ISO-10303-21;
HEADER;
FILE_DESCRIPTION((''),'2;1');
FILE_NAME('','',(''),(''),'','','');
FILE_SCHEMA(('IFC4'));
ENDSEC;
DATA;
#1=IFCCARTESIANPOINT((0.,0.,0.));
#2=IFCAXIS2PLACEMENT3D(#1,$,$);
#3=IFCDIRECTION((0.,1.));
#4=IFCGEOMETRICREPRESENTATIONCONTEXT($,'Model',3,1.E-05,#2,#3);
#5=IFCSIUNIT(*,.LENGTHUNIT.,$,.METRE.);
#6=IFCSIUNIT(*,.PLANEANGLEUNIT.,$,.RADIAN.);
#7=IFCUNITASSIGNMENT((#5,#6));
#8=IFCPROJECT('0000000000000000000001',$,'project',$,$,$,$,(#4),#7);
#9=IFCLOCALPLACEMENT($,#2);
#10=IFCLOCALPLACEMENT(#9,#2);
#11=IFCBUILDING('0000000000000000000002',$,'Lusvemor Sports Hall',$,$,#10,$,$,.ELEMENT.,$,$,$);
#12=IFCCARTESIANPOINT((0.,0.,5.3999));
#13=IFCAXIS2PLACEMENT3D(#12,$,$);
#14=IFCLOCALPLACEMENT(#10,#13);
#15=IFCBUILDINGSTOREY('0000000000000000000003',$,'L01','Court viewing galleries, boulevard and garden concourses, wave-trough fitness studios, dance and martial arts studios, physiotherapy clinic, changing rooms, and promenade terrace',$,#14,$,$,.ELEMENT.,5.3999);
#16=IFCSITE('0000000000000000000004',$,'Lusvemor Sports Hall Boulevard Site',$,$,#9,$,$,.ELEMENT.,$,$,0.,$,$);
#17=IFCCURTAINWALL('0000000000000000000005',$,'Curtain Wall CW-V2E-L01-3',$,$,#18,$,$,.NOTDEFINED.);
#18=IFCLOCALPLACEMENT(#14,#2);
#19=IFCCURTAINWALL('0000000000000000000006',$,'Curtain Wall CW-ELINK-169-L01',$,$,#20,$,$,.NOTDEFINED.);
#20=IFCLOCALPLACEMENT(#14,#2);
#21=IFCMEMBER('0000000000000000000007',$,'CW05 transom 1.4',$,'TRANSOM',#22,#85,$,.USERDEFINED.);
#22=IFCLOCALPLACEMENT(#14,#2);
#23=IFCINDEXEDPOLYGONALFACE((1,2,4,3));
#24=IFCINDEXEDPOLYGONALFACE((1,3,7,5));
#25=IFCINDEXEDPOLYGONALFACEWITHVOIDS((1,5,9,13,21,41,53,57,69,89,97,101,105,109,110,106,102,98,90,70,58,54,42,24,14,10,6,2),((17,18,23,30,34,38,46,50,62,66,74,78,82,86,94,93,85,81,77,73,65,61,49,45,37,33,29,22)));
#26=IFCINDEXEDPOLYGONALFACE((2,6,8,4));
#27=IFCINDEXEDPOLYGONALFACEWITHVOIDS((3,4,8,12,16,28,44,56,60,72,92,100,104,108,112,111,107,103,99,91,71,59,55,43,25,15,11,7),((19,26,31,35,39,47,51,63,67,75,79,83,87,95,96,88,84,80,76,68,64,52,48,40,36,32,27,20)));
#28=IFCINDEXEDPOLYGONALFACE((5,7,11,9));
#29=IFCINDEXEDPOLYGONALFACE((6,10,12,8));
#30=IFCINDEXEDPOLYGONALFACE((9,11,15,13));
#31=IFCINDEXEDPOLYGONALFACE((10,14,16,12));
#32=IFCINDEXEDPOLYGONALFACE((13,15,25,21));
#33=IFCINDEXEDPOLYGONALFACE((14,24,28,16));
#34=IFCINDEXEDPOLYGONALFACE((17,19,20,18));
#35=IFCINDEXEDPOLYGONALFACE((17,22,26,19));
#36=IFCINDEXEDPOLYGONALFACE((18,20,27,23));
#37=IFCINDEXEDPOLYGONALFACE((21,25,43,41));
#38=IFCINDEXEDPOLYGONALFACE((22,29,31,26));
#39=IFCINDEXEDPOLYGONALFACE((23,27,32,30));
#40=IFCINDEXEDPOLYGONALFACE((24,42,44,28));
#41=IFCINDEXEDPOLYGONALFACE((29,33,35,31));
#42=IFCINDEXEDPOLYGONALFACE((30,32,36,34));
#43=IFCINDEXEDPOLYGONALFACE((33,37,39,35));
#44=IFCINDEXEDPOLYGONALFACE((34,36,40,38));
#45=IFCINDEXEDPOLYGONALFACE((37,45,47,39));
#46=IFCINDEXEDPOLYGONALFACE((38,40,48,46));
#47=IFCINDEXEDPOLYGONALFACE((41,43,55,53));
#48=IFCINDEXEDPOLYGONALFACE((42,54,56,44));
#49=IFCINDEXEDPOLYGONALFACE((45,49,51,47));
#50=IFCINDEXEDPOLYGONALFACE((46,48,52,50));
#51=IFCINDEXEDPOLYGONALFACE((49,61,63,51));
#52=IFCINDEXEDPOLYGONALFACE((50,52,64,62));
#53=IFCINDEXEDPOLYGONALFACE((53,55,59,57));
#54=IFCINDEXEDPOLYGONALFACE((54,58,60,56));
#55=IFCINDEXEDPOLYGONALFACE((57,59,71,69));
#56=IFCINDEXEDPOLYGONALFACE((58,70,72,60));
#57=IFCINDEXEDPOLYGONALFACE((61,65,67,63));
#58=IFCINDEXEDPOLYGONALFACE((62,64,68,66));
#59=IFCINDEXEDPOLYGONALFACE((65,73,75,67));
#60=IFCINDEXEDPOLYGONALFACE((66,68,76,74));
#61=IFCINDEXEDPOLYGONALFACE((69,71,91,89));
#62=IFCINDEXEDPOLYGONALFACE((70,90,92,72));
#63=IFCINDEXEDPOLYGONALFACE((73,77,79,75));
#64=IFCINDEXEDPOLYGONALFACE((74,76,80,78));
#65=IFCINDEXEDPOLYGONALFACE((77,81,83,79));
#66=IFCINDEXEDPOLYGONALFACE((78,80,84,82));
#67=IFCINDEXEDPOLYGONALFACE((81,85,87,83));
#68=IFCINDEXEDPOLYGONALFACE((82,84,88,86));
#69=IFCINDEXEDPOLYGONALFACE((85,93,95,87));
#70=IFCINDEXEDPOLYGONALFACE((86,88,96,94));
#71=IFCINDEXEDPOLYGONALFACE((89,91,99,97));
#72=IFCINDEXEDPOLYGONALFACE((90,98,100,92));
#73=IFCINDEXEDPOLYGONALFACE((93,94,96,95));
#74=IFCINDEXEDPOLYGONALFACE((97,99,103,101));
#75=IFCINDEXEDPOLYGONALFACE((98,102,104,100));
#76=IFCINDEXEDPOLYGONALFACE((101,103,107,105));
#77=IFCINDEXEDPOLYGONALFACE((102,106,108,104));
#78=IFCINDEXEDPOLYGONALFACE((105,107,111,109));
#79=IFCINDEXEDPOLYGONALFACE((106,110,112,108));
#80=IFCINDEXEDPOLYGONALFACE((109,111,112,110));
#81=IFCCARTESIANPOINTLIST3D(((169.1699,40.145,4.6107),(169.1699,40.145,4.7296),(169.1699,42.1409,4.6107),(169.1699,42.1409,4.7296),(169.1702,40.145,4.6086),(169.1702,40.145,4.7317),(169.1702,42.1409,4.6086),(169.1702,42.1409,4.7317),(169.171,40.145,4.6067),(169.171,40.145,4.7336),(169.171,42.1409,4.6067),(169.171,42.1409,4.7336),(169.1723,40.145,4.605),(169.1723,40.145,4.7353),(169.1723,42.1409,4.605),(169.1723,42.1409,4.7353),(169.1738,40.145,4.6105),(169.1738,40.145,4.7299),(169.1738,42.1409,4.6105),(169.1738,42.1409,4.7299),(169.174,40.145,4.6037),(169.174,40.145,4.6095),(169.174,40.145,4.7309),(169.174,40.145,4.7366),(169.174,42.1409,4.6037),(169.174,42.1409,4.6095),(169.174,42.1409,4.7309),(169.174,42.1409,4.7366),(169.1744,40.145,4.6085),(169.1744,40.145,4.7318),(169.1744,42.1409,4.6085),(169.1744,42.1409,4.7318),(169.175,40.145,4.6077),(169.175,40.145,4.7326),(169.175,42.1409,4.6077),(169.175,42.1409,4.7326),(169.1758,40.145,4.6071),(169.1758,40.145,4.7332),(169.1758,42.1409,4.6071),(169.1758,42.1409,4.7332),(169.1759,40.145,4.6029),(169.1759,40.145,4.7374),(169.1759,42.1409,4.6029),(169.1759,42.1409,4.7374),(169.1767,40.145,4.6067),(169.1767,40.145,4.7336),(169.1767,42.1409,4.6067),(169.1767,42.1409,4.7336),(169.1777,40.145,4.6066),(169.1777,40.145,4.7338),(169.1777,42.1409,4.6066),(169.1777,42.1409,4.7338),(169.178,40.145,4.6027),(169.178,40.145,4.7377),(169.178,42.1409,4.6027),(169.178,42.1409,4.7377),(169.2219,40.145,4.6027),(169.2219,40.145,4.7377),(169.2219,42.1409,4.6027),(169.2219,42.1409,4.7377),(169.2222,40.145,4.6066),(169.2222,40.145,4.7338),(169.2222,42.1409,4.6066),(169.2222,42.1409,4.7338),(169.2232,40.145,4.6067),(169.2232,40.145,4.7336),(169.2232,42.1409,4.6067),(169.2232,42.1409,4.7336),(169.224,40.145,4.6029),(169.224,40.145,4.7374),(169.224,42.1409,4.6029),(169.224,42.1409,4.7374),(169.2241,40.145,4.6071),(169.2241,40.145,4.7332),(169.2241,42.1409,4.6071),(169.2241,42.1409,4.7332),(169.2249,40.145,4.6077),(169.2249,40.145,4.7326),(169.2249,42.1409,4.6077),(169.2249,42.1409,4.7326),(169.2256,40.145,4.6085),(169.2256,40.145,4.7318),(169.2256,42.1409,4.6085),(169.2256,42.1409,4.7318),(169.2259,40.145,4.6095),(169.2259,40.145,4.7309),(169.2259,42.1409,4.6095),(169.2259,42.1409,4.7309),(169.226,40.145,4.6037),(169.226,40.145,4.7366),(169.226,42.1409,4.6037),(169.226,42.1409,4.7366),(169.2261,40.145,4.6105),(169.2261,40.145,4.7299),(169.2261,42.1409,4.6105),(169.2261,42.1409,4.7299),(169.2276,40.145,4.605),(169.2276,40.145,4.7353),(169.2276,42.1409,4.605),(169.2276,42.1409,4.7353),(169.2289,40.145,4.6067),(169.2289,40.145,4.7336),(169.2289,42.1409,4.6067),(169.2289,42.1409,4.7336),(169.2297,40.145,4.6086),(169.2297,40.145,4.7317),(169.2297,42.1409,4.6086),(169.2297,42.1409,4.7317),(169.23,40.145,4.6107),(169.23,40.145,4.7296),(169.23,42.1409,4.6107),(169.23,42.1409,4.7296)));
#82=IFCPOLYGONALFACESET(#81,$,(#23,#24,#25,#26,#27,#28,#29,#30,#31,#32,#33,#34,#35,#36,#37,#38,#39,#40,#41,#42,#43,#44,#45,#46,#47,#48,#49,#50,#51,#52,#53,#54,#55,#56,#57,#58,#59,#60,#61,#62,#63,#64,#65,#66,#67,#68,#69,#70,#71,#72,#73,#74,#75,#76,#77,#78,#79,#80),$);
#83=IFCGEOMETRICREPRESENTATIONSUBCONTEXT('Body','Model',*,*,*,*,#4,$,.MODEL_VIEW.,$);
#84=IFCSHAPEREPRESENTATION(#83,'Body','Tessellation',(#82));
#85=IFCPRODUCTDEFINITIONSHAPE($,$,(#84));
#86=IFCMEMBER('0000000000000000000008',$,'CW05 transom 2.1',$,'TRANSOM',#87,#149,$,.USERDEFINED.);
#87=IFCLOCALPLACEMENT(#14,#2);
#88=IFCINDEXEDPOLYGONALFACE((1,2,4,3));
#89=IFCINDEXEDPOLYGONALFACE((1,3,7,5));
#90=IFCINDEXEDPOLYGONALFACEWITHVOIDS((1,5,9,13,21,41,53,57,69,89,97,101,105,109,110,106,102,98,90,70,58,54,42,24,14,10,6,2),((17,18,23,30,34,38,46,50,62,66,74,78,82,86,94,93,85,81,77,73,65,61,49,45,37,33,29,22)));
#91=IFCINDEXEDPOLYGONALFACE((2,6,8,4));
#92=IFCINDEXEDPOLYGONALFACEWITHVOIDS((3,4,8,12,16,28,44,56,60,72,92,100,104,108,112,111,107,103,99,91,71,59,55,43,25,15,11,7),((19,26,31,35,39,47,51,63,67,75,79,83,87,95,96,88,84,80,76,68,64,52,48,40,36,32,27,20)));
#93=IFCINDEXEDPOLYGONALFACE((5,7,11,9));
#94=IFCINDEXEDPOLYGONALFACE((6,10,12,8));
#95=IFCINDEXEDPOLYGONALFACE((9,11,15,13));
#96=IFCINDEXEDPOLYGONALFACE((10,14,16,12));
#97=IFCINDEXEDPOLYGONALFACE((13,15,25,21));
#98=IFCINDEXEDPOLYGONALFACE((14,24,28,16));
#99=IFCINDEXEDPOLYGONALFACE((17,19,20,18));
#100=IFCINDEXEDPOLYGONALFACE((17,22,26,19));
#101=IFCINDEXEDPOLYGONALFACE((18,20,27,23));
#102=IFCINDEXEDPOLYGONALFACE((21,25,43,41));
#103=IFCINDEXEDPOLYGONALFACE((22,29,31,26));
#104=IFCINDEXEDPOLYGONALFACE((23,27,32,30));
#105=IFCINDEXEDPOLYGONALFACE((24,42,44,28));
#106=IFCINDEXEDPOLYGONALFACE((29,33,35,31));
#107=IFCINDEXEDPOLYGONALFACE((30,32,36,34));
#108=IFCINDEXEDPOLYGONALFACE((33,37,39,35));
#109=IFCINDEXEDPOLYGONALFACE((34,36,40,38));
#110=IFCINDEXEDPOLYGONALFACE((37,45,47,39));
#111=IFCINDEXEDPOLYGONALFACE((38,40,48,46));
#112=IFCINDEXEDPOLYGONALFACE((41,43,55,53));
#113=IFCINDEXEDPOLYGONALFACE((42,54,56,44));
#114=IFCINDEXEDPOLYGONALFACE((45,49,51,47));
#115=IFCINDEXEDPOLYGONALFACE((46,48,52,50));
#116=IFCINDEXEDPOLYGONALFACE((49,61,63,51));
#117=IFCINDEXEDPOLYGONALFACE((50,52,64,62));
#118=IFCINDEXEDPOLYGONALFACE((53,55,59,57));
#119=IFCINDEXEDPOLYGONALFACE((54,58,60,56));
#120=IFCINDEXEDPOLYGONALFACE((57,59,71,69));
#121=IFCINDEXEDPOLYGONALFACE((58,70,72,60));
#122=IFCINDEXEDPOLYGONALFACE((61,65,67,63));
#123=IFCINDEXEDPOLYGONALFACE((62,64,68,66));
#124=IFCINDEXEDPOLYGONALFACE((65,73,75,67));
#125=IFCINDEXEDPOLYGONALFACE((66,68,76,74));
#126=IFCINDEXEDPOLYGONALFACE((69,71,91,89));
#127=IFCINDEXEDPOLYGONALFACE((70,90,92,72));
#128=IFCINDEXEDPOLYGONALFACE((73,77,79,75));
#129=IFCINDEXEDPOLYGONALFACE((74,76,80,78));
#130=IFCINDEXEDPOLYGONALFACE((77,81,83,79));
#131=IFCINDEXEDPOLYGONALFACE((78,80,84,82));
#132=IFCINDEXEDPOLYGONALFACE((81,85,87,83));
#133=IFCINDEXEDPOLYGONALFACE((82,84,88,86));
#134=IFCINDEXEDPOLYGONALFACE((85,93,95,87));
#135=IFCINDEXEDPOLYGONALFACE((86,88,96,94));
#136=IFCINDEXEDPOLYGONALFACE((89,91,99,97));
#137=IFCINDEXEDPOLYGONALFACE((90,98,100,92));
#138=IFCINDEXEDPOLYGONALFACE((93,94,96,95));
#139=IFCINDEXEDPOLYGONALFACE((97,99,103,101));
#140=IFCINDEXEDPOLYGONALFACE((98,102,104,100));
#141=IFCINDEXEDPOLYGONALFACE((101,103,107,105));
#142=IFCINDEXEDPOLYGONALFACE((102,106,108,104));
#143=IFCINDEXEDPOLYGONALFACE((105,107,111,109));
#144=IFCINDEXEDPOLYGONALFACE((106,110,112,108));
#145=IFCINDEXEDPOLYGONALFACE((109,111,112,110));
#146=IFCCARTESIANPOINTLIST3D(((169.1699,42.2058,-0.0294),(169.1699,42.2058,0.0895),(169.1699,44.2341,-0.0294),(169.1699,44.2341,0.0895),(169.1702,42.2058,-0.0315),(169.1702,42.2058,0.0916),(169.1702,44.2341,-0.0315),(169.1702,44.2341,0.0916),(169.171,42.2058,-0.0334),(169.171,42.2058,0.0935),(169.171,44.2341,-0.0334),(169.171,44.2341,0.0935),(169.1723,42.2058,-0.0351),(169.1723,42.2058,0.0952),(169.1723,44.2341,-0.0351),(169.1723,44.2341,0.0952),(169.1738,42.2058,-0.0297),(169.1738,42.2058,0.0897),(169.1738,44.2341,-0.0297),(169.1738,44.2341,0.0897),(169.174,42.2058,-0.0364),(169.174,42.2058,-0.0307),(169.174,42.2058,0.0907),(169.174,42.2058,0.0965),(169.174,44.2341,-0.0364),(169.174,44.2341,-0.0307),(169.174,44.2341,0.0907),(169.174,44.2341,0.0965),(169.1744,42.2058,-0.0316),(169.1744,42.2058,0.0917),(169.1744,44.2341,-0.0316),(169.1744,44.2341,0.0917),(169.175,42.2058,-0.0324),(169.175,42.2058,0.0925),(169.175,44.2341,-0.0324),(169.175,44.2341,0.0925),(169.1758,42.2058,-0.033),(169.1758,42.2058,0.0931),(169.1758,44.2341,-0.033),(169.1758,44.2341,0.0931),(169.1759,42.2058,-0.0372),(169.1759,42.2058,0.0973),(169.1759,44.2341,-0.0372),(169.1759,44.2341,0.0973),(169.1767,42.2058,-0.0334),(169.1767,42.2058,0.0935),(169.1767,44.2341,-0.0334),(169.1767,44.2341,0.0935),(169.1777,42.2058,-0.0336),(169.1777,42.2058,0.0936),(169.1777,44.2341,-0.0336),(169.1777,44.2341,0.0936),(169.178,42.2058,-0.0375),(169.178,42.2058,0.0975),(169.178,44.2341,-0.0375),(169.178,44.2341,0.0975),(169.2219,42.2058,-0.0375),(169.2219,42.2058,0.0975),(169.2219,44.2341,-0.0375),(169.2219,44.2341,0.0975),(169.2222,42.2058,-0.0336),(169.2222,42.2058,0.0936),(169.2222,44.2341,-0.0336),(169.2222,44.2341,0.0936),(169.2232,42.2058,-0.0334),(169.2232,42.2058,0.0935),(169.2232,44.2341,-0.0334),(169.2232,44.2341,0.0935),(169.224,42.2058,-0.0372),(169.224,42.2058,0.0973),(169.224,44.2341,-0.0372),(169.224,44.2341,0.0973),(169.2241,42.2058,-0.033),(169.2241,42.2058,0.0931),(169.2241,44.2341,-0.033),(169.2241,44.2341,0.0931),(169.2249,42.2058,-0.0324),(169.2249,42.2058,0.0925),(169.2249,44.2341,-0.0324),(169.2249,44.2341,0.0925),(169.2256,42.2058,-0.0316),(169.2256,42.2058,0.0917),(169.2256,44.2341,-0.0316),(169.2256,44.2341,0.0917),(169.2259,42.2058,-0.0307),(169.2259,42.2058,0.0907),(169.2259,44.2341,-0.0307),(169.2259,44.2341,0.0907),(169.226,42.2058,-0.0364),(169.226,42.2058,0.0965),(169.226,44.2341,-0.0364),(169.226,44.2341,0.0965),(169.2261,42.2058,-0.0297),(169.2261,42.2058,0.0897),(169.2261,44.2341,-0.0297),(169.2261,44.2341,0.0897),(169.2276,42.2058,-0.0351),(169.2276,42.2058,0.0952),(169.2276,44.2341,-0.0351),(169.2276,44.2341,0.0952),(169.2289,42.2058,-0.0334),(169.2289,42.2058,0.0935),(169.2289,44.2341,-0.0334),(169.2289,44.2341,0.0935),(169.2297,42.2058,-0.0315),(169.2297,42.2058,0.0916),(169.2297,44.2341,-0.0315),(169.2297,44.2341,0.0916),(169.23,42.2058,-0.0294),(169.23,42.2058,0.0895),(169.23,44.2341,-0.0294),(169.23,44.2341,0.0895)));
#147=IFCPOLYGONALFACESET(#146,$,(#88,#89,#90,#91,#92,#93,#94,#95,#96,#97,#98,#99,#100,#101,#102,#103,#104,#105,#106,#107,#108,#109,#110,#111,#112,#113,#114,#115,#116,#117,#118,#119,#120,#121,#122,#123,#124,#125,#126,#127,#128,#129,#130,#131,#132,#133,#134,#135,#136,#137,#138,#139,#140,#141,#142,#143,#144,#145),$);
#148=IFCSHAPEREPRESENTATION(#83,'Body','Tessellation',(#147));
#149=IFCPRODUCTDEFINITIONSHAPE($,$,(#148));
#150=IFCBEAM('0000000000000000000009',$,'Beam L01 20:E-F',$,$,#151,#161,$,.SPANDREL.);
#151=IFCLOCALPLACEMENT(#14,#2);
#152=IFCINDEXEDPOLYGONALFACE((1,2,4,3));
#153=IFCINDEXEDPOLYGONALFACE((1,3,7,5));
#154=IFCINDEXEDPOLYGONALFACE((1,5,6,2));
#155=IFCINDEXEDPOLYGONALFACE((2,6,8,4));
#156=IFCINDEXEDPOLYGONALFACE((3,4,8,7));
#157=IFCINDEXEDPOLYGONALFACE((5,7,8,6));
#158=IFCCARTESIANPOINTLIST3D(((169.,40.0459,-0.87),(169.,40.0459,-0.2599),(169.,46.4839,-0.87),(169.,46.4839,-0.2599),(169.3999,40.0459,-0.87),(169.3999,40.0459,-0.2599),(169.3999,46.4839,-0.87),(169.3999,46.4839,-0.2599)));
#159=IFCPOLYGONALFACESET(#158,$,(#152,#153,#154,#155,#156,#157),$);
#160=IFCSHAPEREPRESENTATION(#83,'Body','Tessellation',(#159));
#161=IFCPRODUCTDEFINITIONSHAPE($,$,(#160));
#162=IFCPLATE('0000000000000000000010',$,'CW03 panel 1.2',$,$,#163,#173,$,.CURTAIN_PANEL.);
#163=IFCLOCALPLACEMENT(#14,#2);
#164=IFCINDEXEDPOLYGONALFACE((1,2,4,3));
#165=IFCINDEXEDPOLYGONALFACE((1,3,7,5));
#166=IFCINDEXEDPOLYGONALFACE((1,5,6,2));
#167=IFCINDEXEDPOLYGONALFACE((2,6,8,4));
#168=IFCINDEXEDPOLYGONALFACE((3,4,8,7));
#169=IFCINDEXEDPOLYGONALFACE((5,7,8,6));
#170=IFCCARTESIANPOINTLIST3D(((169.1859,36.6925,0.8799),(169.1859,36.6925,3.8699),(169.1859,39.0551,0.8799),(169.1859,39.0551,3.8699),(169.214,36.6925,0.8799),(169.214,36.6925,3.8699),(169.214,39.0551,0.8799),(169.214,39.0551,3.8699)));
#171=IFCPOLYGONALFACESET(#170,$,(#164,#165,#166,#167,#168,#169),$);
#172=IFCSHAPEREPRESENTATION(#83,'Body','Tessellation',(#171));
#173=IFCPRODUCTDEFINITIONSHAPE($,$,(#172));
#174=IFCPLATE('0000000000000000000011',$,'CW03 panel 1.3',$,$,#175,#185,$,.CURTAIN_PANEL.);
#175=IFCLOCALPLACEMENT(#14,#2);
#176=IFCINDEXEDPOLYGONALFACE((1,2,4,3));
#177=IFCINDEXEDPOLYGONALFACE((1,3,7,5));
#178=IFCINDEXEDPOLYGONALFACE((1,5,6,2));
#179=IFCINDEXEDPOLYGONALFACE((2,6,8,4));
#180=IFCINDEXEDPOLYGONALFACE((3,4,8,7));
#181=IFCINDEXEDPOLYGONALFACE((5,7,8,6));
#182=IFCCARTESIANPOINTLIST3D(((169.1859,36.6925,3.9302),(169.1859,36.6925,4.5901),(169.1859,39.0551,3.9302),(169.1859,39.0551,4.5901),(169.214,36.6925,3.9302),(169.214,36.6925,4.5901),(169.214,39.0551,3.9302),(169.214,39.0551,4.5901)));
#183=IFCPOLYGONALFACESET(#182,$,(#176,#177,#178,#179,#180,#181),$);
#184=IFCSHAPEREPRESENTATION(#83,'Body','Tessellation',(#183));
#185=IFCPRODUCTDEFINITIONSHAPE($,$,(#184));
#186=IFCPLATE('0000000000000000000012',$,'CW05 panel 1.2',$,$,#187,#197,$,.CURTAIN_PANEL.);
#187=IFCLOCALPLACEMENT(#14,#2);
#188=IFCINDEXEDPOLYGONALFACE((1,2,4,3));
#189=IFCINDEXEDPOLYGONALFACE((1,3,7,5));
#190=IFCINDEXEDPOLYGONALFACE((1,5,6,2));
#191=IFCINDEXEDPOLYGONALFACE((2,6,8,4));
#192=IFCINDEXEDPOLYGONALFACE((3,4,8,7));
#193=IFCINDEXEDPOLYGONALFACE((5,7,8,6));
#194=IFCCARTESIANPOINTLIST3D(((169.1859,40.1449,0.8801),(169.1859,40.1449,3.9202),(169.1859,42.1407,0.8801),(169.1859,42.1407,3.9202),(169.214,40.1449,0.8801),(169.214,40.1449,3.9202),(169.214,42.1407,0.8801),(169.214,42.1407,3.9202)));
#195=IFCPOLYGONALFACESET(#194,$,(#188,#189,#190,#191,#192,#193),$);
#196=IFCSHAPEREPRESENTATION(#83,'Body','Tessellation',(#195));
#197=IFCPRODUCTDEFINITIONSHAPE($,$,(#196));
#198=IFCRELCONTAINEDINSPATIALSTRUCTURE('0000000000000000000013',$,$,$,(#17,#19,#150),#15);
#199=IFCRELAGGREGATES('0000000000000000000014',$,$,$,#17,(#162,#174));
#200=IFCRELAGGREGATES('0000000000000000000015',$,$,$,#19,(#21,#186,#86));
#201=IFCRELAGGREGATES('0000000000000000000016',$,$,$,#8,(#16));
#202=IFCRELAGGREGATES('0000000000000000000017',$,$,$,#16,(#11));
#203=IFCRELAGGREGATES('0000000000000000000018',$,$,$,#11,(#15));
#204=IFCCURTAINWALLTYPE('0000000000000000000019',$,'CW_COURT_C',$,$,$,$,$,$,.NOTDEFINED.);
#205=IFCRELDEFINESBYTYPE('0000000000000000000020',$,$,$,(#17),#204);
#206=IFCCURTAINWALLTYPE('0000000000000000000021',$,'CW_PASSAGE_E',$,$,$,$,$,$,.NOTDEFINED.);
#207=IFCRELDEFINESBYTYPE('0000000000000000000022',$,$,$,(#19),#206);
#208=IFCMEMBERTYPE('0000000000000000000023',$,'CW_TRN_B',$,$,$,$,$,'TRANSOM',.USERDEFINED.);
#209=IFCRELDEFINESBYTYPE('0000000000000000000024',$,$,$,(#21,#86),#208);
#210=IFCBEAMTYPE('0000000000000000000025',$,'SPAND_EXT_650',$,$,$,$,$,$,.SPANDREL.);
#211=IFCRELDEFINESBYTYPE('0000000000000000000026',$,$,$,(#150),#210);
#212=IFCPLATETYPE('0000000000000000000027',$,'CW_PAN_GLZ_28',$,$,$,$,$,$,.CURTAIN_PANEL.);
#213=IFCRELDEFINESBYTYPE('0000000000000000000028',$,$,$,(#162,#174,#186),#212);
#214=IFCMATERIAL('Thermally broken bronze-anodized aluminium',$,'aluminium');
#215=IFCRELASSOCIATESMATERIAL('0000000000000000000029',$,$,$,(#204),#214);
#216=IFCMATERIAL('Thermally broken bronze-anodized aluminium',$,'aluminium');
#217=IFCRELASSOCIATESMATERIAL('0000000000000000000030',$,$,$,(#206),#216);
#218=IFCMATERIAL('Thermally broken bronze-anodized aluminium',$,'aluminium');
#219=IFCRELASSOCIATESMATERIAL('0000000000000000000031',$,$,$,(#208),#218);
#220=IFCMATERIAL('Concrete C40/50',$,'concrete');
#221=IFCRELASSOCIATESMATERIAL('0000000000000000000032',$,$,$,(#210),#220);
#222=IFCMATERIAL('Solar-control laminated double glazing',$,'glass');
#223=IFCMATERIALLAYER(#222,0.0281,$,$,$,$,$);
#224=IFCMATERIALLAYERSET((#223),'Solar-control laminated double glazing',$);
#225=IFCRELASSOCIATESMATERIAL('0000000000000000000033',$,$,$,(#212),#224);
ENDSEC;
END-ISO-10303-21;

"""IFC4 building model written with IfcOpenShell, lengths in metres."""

from ifc_helpers import new_model, si_unit, direction, frame, origin, origin_2d, place, context, subcontext, project, spatial, rectangle, hollow_rectangle, extrude, material, layer, layer_set, material_profile, profile_set, type_object, element, aggregate, save


model = new_model("IFC4")

# Units and contexts
model_context = context("Model", 3, precision=1e-05, world=origin(), true_north=direction((0.0, 1.0)))
body_context = subcontext(model_context, "Body", "Model", "MODEL_VIEW")
ifc_project = project(units=[si_unit("LENGTHUNIT", "METRE"), si_unit("PLANEANGLEUNIT", "RADIAN")], contexts=[model_context])

# Site, building, storey
site_placement = place(None, origin())
site = spatial("IfcSite", under=ifc_project, at=site_placement, Name="Lusvemor Sports Hall Boulevard Site", CompositionType="ELEMENT", RefElevation=0.0)
building_placement = place(site_placement, origin())
building = spatial("IfcBuilding", under=site, at=building_placement, Name="Lusvemor Sports Hall", CompositionType="ELEMENT")
storey_placement = place(building_placement, frame((0.0, 0.0, 5.3999)))
storey = spatial("IfcBuildingStorey", under=building, at=storey_placement, Name="L01", Description="Court viewing galleries, boulevard and garden concourses, wave-trough fitness studios, dance and martial arts studios, physiotherapy clinic, changing rooms, and promenade terrace", CompositionType="ELEMENT", Elevation=5.3999)

# Curtain walls
ifc_material_1 = material(Name="Thermally broken bronze-anodized aluminium", Category="aluminium")
curtain_wall_type_1 = type_object("IfcCurtainWallType", Name="CW_COURT_C", PredefinedType="NOTDEFINED", material=ifc_material_1)
curtain_wall_1_placement = place(storey_placement, origin())
curtain_wall_1 = element("IfcCurtainWall", 1, at=curtain_wall_1_placement, inside=storey, type_object=curtain_wall_type_1, Name="Curtain Wall CW-V2E-L01-3", PredefinedType="NOTDEFINED")
ifc_material_2 = material(Name="Thermally broken bronze-anodized aluminium", Category="aluminium")
curtain_wall_type_2 = type_object("IfcCurtainWallType", Name="CW_PASSAGE_E", PredefinedType="NOTDEFINED", material=ifc_material_2)
curtain_wall_2_placement = place(storey_placement, origin())
curtain_wall_2 = element("IfcCurtainWall", 2, at=curtain_wall_2_placement, inside=storey, type_object=curtain_wall_type_2, Name="Curtain Wall CW-ELINK-169-L01", PredefinedType="NOTDEFINED")

# Members
ifc_material_3 = material(Name="Thermally broken bronze-anodized aluminium", Category="aluminium")
ifc_material_profile_1 = material_profile(ifc_material_3, hollow_rectangle(XDim=0.0601, YDim=0.135, WallThickness=0.0039, InnerFilletRadius=0.0039, OuterFilletRadius=0.0081, at=origin_2d()), Name="CWTRN135x60x4")
ifc_profile_set_1 = profile_set([ifc_material_profile_1], Name="Thermally broken bronze-anodized aluminium")
member_type_1 = type_object("IfcMemberType", Name="CW_TRN_B", ElementType="TRANSOM", PredefinedType="USERDEFINED", material=ifc_profile_set_1)
member_1_placement = place(storey_placement, frame((169.2, 40.145, 4.6702), z_axis=(0.0, 1.0, 0.0), x_axis=(-1.0, 0.0, 0.0)))
member_1 = element("IfcMember", 3, at=member_1_placement, type_object=member_type_1, Name="CW05 transom 1.4", ObjectType="TRANSOM", PredefinedType="USERDEFINED", context=body_context, shape_type="SweptSolid", body=[
    extrude(hollow_rectangle(XDim=0.0601, YDim=0.135, WallThickness=0.0039, InnerFilletRadius=0.0039, OuterFilletRadius=0.0081, at=origin_2d()), origin(), (0.0, 0.0, 1.0), 1.9958),
])
member_2_placement = place(storey_placement, frame((169.2, 42.2058, 0.03), z_axis=(0.0, 1.0, 0.0), x_axis=(-1.0, 0.0, 0.0)))
member_2 = element("IfcMember", 4, at=member_2_placement, type_object=member_type_1, Name="CW05 transom 2.1", ObjectType="TRANSOM", PredefinedType="USERDEFINED", context=body_context, shape_type="SweptSolid", body=[
    extrude(hollow_rectangle(XDim=0.0601, YDim=0.135, WallThickness=0.0039, InnerFilletRadius=0.0039, OuterFilletRadius=0.0081, at=origin_2d()), origin(), (0.0, 0.0, 1.0), 2.0283),
])

# Beam
ifc_material_4 = material(Name="Concrete C40/50", Category="concrete")
ifc_material_profile_2 = material_profile(ifc_material_4, rectangle(XDim=0.3999, YDim=0.6101, at=origin_2d()), Name="RC400x610")
ifc_profile_set_2 = profile_set([ifc_material_profile_2], Name="Concrete C40/50")
beam_type = type_object("IfcBeamType", Name="SPAND_EXT_650", PredefinedType="SPANDREL", material=ifc_profile_set_2)
beam_placement = place(storey_placement, frame((169.2, 40.0459, -0.5649), z_axis=(0.0, 1.0, 0.0), x_axis=(-1.0, 0.0, 0.0)))
element("IfcBeam", 5, at=beam_placement, inside=storey, type_object=beam_type, Name="Beam L01 20:E-F", PredefinedType="SPANDREL", context=body_context, shape_type="SweptSolid", body=[
    extrude(rectangle(XDim=0.3999, YDim=0.6101, at=origin_2d()), origin(), (0.0, 0.0, 1.0), 6.438),
])

# Plates
ifc_material_5 = material(Name="Solar-control laminated double glazing", Category="glass")
ifc_layer_1 = layer(ifc_material_5, 0.0281)
ifc_layer_set_1 = layer_set([ifc_layer_1], Name="Solar-control laminated double glazing")
plate_type_1 = type_object("IfcPlateType", Name="CW_PAN_GLZ_28", PredefinedType="CURTAIN_PANEL", material=ifc_layer_set_1)
plate_1_placement = place(storey_placement, frame((169.2, 37.8738, 0.8799), z_axis=(0.0, 0.0, 1.0), x_axis=(0.0, -1.0, 0.0)))
plate_1 = element("IfcPlate", 6, at=plate_1_placement, type_object=plate_type_1, Name="CW03 panel 1.2", PredefinedType="CURTAIN_PANEL", context=body_context, shape_type="SweptSolid", body=[
    extrude(rectangle(XDim=2.3625, YDim=0.0281, at=origin_2d()), origin(), (0.0, 0.0, 1.0), 2.99),
])
plate_2_placement = place(storey_placement, frame((169.2, 37.8738, 3.9302), z_axis=(0.0, 0.0, 1.0), x_axis=(0.0, -1.0, 0.0)))
plate_2 = element("IfcPlate", 7, at=plate_2_placement, type_object=plate_type_1, Name="CW03 panel 1.3", PredefinedType="CURTAIN_PANEL", context=body_context, shape_type="SweptSolid", body=[
    extrude(rectangle(XDim=2.3625, YDim=0.0281, at=origin_2d()), origin(), (0.0, 0.0, 1.0), 0.6599),
])
plate_3_placement = place(storey_placement, frame((169.2, 41.1428, 0.8801), z_axis=(0.0, 0.0, 1.0), x_axis=(0.0, 1.0, 0.0)))
plate_3 = element("IfcPlate", 8, at=plate_3_placement, type_object=plate_type_1, Name="CW05 panel 1.2", PredefinedType="CURTAIN_PANEL", context=body_context, shape_type="SweptSolid", body=[
    extrude(rectangle(XDim=1.9958, YDim=0.0281, at=origin_2d()), origin(), (0.0, 0.0, 1.0), 3.04),
])
aggregate(curtain_wall_1, [plate_1, plate_2])
aggregate(curtain_wall_2, [member_1, plate_3, member_2])

save(model, "model.ifc")
